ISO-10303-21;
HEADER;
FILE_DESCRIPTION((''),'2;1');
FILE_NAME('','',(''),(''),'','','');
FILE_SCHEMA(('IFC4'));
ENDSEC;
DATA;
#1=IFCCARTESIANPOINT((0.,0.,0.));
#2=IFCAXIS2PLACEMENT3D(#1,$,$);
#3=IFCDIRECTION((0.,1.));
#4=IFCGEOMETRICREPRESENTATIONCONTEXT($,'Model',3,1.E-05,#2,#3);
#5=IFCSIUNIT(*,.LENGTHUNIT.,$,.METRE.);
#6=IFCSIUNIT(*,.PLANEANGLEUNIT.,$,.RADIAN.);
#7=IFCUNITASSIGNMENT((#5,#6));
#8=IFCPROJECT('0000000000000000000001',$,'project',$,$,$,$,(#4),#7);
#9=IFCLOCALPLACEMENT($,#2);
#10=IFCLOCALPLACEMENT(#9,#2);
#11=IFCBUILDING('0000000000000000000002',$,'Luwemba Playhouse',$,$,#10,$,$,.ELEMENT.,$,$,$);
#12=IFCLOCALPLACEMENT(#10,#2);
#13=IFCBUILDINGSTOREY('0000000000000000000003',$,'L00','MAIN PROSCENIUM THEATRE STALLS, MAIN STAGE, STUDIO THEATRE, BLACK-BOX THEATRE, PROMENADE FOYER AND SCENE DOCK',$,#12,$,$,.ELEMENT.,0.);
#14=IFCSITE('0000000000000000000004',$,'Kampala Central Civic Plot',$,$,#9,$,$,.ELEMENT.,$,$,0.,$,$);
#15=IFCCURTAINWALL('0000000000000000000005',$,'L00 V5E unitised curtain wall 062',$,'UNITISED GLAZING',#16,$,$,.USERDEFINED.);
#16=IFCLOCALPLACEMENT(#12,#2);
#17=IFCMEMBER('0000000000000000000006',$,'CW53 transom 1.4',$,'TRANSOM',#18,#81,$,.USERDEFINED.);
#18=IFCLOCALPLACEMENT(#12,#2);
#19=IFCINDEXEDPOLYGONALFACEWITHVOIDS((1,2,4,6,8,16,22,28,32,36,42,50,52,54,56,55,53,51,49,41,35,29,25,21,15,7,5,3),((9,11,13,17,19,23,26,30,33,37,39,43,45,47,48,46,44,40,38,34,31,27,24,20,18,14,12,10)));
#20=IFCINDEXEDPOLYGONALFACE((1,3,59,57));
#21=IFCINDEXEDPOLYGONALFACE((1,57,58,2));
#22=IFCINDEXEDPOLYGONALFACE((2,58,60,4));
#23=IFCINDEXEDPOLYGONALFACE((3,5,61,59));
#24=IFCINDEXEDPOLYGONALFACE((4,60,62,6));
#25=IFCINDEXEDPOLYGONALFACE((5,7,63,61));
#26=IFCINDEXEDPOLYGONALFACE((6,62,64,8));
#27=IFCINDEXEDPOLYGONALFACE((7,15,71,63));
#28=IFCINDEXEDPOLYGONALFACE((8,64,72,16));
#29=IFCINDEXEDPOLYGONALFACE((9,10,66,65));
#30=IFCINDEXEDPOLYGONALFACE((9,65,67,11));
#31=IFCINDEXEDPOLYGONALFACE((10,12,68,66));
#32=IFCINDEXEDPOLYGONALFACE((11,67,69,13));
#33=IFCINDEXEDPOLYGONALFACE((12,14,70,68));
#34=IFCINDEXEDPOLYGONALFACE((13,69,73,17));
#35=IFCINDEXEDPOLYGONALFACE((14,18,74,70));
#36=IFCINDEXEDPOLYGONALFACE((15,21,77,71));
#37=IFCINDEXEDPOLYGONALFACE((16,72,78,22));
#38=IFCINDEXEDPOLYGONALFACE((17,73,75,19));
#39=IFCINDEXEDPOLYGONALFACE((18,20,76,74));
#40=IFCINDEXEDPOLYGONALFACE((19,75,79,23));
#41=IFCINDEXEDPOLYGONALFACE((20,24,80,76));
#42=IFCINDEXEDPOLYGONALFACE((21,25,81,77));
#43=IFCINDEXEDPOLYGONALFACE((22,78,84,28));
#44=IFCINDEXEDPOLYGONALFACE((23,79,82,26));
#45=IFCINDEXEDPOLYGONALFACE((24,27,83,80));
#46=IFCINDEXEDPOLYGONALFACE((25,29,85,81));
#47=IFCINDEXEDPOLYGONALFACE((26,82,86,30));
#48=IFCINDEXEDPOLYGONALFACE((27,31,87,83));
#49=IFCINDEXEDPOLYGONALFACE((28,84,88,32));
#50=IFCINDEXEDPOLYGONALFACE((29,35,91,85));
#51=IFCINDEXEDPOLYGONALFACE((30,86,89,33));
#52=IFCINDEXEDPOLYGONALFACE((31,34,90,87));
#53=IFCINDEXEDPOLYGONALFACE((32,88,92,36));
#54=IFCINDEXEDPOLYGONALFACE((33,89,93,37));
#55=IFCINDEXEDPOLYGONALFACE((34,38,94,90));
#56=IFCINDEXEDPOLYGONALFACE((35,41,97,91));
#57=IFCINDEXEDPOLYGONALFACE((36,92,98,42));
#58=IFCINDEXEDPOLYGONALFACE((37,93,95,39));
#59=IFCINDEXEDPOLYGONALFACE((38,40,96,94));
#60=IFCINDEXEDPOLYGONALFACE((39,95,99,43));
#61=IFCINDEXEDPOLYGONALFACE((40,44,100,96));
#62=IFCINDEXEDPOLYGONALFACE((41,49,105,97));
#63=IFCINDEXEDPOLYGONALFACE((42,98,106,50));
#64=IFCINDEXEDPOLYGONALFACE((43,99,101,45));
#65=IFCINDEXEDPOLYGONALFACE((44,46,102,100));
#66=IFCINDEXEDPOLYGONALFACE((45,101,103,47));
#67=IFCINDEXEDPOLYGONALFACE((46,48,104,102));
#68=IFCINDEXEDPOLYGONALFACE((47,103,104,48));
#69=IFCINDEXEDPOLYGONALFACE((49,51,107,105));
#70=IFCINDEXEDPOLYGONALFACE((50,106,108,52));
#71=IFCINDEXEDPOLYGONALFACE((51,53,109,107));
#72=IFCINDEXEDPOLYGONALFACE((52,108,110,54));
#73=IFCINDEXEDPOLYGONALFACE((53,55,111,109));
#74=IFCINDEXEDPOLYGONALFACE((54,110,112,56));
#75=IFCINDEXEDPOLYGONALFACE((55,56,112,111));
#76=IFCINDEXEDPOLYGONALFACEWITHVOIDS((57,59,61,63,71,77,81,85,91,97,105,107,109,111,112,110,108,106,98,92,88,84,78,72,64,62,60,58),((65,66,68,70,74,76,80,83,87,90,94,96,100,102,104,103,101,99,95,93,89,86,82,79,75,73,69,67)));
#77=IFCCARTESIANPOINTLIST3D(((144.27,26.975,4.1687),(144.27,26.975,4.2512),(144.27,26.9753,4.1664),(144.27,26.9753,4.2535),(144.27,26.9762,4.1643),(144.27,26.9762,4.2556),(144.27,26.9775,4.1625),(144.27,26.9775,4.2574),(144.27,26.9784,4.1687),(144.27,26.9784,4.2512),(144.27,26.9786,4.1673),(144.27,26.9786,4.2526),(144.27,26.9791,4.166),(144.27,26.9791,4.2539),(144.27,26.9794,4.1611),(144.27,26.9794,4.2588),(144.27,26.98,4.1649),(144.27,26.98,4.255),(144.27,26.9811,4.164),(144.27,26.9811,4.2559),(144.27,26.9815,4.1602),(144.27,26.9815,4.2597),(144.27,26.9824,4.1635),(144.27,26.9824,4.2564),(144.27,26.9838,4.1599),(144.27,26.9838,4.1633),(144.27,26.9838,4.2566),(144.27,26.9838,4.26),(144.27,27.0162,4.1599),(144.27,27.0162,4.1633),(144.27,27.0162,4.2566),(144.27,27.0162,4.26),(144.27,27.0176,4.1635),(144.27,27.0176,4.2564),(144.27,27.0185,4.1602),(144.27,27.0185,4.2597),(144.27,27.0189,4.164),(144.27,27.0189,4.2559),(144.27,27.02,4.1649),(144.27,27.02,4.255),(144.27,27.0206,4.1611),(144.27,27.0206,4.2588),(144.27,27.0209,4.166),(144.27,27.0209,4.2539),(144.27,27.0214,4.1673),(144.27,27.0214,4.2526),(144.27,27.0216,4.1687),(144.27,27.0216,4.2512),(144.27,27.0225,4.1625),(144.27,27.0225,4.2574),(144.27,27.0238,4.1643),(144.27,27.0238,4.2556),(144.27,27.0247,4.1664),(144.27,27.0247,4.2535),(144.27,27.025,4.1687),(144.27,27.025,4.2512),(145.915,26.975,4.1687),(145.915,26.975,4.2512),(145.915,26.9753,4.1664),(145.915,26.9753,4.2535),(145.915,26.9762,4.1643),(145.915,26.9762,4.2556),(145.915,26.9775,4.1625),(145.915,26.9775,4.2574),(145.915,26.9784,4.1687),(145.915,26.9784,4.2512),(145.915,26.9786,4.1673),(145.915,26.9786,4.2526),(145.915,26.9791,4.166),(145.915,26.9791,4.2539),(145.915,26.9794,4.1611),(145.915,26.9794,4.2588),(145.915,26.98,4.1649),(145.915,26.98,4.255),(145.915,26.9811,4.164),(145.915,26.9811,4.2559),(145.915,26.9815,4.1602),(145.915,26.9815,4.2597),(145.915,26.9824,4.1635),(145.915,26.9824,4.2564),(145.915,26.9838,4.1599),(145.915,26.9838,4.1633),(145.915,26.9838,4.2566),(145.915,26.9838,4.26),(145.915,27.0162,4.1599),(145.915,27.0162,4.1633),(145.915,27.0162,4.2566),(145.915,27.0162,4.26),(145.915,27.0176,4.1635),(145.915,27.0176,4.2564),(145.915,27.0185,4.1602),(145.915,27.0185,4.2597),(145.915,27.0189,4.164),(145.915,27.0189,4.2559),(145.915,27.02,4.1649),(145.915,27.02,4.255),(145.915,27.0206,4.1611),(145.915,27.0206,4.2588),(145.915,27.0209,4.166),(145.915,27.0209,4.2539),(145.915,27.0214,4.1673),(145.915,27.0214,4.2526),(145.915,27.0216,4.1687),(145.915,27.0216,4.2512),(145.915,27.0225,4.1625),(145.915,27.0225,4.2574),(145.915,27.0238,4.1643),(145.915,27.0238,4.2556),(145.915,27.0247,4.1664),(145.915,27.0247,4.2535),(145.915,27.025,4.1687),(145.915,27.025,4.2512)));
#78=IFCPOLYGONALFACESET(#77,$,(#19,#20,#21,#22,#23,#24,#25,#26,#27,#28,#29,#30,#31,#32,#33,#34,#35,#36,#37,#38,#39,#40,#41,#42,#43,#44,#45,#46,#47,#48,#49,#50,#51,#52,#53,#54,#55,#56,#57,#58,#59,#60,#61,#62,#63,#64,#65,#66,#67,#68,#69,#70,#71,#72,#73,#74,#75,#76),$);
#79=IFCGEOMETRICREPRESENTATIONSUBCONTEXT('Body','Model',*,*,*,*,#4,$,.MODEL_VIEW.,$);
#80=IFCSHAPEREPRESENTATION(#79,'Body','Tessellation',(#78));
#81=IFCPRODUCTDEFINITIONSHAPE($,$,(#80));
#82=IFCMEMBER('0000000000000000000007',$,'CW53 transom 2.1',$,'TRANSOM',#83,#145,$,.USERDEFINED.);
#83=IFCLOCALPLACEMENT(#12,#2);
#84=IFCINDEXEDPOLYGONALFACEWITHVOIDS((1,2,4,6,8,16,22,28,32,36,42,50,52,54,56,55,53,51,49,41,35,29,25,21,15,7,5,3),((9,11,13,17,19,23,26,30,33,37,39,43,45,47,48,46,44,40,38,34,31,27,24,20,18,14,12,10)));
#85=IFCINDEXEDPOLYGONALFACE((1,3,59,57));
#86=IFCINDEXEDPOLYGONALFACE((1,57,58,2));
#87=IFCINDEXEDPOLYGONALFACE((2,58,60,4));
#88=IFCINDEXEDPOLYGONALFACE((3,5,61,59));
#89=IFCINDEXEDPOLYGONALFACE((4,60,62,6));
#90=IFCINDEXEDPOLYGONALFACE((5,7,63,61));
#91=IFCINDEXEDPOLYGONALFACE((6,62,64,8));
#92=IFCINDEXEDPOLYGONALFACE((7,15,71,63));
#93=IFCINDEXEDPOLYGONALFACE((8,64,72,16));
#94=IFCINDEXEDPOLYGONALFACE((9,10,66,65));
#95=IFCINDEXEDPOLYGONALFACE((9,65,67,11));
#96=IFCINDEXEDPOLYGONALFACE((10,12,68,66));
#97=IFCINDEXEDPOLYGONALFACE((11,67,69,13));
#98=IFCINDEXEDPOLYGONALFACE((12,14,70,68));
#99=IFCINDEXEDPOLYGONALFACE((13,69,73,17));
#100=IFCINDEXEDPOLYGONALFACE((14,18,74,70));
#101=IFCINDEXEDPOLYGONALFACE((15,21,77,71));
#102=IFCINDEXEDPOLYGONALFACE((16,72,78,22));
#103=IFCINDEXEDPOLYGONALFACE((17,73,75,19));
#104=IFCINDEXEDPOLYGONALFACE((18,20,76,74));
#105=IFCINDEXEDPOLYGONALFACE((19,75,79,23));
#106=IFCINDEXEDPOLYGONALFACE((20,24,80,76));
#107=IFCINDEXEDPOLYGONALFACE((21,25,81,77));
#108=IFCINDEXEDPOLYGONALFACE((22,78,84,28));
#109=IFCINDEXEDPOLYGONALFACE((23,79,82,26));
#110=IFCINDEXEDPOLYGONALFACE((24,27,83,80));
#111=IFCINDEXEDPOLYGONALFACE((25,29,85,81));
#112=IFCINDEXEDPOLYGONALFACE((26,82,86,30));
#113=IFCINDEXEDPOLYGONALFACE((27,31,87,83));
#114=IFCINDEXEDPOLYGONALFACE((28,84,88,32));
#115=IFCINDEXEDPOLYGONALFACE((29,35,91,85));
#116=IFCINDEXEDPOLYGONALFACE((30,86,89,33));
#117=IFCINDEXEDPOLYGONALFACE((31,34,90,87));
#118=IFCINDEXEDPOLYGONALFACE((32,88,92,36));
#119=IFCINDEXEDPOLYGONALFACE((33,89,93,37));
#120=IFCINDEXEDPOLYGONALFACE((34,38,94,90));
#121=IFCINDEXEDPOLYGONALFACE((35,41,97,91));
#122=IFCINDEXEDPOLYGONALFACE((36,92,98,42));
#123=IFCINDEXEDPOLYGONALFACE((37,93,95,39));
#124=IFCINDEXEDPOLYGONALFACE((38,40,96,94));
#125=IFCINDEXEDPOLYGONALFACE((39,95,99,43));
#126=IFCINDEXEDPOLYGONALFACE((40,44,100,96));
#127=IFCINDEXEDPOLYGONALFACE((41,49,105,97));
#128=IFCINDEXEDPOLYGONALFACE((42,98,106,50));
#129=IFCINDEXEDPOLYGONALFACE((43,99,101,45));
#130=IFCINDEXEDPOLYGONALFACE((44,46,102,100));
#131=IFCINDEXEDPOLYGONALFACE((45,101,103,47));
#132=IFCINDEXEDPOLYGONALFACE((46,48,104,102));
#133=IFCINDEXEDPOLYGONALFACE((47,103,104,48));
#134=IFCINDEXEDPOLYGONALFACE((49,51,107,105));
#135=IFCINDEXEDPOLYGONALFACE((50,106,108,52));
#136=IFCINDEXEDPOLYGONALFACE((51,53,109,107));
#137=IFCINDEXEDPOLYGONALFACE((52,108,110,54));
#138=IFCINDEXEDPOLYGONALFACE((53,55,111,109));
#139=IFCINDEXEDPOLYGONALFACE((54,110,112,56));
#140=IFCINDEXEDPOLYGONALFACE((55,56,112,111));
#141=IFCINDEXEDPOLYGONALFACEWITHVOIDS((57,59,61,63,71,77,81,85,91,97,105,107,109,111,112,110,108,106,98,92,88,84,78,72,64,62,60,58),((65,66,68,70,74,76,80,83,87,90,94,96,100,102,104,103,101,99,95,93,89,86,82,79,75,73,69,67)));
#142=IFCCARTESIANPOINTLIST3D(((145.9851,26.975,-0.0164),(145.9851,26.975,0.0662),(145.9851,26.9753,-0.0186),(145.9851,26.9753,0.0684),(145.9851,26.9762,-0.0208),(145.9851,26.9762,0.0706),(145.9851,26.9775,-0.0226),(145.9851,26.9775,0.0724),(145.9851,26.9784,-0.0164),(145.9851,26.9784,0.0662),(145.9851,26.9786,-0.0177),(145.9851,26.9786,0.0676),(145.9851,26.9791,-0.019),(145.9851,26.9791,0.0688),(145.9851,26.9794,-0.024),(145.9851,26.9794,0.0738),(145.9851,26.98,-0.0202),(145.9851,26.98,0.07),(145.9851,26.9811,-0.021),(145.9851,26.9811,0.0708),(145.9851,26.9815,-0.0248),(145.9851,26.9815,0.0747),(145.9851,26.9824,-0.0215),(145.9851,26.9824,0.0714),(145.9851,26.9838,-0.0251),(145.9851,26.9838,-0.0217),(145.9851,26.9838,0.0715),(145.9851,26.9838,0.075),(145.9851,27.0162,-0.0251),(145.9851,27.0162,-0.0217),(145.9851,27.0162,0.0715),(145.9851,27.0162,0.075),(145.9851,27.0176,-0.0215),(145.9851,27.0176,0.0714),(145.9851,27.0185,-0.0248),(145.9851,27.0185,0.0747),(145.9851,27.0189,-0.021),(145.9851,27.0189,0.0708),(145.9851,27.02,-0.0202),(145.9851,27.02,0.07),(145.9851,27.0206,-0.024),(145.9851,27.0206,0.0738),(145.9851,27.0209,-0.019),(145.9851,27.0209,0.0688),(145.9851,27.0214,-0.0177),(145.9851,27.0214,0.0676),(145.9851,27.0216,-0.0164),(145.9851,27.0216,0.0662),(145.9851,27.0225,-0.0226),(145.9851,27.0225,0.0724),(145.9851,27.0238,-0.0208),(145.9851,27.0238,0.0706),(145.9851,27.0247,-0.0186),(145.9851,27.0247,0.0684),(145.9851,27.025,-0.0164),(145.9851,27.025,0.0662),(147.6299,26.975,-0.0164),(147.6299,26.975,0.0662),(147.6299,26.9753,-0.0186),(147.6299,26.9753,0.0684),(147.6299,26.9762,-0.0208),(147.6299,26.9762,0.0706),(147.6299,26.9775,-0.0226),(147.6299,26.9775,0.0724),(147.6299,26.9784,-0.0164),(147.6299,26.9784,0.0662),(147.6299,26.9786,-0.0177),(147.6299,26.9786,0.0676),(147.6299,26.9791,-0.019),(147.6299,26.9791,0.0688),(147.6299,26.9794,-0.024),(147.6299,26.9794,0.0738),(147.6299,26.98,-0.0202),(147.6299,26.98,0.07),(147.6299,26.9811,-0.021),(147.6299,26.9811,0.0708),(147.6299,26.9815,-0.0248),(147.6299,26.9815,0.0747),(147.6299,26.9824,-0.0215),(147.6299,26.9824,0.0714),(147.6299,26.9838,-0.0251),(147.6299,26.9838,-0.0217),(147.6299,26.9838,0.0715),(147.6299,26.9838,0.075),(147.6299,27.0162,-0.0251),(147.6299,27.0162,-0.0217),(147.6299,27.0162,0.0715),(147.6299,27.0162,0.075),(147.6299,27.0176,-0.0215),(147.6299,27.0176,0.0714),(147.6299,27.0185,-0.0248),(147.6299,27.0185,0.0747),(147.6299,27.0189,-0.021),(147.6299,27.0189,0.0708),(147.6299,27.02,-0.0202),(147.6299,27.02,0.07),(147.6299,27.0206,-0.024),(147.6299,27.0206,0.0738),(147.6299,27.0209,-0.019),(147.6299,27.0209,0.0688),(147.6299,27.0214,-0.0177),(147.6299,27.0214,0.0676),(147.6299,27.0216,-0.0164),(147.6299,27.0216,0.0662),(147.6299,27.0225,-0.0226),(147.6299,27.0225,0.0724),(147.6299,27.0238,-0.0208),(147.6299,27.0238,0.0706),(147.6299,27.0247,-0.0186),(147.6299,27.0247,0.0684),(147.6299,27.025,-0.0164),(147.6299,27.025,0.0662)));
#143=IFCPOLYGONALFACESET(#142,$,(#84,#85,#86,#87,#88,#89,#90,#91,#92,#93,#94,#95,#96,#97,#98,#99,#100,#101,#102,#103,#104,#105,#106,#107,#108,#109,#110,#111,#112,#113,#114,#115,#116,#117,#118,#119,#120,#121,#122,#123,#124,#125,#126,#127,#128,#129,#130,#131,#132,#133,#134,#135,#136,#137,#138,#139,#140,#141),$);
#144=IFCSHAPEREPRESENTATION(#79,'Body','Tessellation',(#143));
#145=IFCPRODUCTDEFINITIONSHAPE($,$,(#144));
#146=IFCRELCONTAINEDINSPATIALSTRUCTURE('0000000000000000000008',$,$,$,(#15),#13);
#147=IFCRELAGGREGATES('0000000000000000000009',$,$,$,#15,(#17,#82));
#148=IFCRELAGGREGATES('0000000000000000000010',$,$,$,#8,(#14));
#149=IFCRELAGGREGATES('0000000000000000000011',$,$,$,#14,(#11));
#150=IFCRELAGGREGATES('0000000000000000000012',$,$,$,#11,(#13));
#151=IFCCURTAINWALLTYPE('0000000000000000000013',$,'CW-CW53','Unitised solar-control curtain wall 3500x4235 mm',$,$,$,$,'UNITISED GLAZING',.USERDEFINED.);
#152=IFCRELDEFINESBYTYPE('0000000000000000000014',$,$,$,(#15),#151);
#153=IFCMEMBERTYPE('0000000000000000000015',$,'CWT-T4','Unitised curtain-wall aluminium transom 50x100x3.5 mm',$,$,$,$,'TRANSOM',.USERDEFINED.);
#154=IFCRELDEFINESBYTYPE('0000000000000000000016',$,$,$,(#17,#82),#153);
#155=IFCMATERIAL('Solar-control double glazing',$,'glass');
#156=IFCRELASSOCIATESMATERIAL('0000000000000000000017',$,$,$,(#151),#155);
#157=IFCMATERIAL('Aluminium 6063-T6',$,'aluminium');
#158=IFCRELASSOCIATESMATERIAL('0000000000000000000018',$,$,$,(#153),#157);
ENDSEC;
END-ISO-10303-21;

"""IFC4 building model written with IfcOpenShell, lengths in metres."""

from ifc_helpers import new_model, si_unit, direction, frame, origin, origin_2d, place, context, subcontext, project, spatial, hollow_rectangle, extrude, material, material_profile, profile_set, type_object, element, aggregate, save


model = new_model("IFC4")

# Units and contexts
model_context = context("Model", 3, precision=1e-05, world=origin(), true_north=direction((0.0, 1.0)))
body_context = subcontext(model_context, "Body", "Model", "MODEL_VIEW")
ifc_project = project(units=[si_unit("LENGTHUNIT", "METRE"), si_unit("PLANEANGLEUNIT", "RADIAN")], contexts=[model_context])

# Site, building, storey
site_placement = place(None, origin())
site = spatial("IfcSite", under=ifc_project, at=site_placement, Name="Kampala Central Civic Plot", CompositionType="ELEMENT", RefElevation=0.0)
building_placement = place(site_placement, origin())
building = spatial("IfcBuilding", under=site, at=building_placement, Name="Luwemba Playhouse", CompositionType="ELEMENT")
storey_placement = place(building_placement, origin())
storey = spatial("IfcBuildingStorey", under=building, at=storey_placement, Name="L00", Description="MAIN PROSCENIUM THEATRE STALLS, MAIN STAGE, STUDIO THEATRE, BLACK-BOX THEATRE, PROMENADE FOYER AND SCENE DOCK", CompositionType="ELEMENT", Elevation=0.0)

# Curtain wall, members
ifc_material_1 = material(Name="Solar-control double glazing", Category="glass")
curtain_wall_type = type_object("IfcCurtainWallType", Name="CW-CW53", Description="Unitised solar-control curtain wall 3500x4235 mm", ElementType="UNITISED GLAZING", PredefinedType="USERDEFINED", material=ifc_material_1)
curtain_wall_placement = place(storey_placement, origin())
curtain_wall = element("IfcCurtainWall", 1, at=curtain_wall_placement, inside=storey, type_object=curtain_wall_type, Name="L00 V5E unitised curtain wall 062", ObjectType="UNITISED GLAZING", PredefinedType="USERDEFINED")
ifc_material_2 = material(Name="Aluminium 6063-T6", Category="aluminium")
ifc_material_profile_1 = material_profile(ifc_material_2, hollow_rectangle(XDim=0.05, YDim=0.1001, WallThickness=0.0034, InnerFilletRadius=0.0054, OuterFilletRadius=0.0088, at=origin_2d()))
ifc_profile_set_1 = profile_set([ifc_material_profile_1], Name="Aluminium 6063-T6")
member_type_1 = type_object("IfcMemberType", Name="CWT-T4", Description="Unitised curtain-wall aluminium transom 50x100x3.5 mm", ElementType="TRANSOM", PredefinedType="USERDEFINED", material=ifc_profile_set_1)
member_1_placement = place(storey_placement, frame((144.27, 27.0, 4.21), z_axis=(1.0, 0.0, 0.0), x_axis=(0.0, 1.0, 0.0)))
member_1 = element("IfcMember", 2, at=member_1_placement, type_object=member_type_1, Name="CW53 transom 1.4", ObjectType="TRANSOM", PredefinedType="USERDEFINED", context=body_context, shape_type="SweptSolid", body=[
    extrude(hollow_rectangle(XDim=0.05, YDim=0.1001, WallThickness=0.0034, InnerFilletRadius=0.0054, OuterFilletRadius=0.0088, at=origin_2d()), origin(), (0.0, 0.0, 1.0), 1.645),
])
member_2_placement = place(storey_placement, frame((145.9851, 27.0, 0.0249), z_axis=(1.0, 0.0, 0.0), x_axis=(0.0, 1.0, 0.0)))
member_2 = element("IfcMember", 3, at=member_2_placement, type_object=member_type_1, Name="CW53 transom 2.1", ObjectType="TRANSOM", PredefinedType="USERDEFINED", context=body_context, shape_type="SweptSolid", body=[
    extrude(hollow_rectangle(XDim=0.05, YDim=0.1001, WallThickness=0.0034, InnerFilletRadius=0.0054, OuterFilletRadius=0.0088, at=origin_2d()), origin(), (0.0, 0.0, 1.0), 1.6448),
])
aggregate(curtain_wall, [member_1, member_2])

save(model, "model.ifc")
